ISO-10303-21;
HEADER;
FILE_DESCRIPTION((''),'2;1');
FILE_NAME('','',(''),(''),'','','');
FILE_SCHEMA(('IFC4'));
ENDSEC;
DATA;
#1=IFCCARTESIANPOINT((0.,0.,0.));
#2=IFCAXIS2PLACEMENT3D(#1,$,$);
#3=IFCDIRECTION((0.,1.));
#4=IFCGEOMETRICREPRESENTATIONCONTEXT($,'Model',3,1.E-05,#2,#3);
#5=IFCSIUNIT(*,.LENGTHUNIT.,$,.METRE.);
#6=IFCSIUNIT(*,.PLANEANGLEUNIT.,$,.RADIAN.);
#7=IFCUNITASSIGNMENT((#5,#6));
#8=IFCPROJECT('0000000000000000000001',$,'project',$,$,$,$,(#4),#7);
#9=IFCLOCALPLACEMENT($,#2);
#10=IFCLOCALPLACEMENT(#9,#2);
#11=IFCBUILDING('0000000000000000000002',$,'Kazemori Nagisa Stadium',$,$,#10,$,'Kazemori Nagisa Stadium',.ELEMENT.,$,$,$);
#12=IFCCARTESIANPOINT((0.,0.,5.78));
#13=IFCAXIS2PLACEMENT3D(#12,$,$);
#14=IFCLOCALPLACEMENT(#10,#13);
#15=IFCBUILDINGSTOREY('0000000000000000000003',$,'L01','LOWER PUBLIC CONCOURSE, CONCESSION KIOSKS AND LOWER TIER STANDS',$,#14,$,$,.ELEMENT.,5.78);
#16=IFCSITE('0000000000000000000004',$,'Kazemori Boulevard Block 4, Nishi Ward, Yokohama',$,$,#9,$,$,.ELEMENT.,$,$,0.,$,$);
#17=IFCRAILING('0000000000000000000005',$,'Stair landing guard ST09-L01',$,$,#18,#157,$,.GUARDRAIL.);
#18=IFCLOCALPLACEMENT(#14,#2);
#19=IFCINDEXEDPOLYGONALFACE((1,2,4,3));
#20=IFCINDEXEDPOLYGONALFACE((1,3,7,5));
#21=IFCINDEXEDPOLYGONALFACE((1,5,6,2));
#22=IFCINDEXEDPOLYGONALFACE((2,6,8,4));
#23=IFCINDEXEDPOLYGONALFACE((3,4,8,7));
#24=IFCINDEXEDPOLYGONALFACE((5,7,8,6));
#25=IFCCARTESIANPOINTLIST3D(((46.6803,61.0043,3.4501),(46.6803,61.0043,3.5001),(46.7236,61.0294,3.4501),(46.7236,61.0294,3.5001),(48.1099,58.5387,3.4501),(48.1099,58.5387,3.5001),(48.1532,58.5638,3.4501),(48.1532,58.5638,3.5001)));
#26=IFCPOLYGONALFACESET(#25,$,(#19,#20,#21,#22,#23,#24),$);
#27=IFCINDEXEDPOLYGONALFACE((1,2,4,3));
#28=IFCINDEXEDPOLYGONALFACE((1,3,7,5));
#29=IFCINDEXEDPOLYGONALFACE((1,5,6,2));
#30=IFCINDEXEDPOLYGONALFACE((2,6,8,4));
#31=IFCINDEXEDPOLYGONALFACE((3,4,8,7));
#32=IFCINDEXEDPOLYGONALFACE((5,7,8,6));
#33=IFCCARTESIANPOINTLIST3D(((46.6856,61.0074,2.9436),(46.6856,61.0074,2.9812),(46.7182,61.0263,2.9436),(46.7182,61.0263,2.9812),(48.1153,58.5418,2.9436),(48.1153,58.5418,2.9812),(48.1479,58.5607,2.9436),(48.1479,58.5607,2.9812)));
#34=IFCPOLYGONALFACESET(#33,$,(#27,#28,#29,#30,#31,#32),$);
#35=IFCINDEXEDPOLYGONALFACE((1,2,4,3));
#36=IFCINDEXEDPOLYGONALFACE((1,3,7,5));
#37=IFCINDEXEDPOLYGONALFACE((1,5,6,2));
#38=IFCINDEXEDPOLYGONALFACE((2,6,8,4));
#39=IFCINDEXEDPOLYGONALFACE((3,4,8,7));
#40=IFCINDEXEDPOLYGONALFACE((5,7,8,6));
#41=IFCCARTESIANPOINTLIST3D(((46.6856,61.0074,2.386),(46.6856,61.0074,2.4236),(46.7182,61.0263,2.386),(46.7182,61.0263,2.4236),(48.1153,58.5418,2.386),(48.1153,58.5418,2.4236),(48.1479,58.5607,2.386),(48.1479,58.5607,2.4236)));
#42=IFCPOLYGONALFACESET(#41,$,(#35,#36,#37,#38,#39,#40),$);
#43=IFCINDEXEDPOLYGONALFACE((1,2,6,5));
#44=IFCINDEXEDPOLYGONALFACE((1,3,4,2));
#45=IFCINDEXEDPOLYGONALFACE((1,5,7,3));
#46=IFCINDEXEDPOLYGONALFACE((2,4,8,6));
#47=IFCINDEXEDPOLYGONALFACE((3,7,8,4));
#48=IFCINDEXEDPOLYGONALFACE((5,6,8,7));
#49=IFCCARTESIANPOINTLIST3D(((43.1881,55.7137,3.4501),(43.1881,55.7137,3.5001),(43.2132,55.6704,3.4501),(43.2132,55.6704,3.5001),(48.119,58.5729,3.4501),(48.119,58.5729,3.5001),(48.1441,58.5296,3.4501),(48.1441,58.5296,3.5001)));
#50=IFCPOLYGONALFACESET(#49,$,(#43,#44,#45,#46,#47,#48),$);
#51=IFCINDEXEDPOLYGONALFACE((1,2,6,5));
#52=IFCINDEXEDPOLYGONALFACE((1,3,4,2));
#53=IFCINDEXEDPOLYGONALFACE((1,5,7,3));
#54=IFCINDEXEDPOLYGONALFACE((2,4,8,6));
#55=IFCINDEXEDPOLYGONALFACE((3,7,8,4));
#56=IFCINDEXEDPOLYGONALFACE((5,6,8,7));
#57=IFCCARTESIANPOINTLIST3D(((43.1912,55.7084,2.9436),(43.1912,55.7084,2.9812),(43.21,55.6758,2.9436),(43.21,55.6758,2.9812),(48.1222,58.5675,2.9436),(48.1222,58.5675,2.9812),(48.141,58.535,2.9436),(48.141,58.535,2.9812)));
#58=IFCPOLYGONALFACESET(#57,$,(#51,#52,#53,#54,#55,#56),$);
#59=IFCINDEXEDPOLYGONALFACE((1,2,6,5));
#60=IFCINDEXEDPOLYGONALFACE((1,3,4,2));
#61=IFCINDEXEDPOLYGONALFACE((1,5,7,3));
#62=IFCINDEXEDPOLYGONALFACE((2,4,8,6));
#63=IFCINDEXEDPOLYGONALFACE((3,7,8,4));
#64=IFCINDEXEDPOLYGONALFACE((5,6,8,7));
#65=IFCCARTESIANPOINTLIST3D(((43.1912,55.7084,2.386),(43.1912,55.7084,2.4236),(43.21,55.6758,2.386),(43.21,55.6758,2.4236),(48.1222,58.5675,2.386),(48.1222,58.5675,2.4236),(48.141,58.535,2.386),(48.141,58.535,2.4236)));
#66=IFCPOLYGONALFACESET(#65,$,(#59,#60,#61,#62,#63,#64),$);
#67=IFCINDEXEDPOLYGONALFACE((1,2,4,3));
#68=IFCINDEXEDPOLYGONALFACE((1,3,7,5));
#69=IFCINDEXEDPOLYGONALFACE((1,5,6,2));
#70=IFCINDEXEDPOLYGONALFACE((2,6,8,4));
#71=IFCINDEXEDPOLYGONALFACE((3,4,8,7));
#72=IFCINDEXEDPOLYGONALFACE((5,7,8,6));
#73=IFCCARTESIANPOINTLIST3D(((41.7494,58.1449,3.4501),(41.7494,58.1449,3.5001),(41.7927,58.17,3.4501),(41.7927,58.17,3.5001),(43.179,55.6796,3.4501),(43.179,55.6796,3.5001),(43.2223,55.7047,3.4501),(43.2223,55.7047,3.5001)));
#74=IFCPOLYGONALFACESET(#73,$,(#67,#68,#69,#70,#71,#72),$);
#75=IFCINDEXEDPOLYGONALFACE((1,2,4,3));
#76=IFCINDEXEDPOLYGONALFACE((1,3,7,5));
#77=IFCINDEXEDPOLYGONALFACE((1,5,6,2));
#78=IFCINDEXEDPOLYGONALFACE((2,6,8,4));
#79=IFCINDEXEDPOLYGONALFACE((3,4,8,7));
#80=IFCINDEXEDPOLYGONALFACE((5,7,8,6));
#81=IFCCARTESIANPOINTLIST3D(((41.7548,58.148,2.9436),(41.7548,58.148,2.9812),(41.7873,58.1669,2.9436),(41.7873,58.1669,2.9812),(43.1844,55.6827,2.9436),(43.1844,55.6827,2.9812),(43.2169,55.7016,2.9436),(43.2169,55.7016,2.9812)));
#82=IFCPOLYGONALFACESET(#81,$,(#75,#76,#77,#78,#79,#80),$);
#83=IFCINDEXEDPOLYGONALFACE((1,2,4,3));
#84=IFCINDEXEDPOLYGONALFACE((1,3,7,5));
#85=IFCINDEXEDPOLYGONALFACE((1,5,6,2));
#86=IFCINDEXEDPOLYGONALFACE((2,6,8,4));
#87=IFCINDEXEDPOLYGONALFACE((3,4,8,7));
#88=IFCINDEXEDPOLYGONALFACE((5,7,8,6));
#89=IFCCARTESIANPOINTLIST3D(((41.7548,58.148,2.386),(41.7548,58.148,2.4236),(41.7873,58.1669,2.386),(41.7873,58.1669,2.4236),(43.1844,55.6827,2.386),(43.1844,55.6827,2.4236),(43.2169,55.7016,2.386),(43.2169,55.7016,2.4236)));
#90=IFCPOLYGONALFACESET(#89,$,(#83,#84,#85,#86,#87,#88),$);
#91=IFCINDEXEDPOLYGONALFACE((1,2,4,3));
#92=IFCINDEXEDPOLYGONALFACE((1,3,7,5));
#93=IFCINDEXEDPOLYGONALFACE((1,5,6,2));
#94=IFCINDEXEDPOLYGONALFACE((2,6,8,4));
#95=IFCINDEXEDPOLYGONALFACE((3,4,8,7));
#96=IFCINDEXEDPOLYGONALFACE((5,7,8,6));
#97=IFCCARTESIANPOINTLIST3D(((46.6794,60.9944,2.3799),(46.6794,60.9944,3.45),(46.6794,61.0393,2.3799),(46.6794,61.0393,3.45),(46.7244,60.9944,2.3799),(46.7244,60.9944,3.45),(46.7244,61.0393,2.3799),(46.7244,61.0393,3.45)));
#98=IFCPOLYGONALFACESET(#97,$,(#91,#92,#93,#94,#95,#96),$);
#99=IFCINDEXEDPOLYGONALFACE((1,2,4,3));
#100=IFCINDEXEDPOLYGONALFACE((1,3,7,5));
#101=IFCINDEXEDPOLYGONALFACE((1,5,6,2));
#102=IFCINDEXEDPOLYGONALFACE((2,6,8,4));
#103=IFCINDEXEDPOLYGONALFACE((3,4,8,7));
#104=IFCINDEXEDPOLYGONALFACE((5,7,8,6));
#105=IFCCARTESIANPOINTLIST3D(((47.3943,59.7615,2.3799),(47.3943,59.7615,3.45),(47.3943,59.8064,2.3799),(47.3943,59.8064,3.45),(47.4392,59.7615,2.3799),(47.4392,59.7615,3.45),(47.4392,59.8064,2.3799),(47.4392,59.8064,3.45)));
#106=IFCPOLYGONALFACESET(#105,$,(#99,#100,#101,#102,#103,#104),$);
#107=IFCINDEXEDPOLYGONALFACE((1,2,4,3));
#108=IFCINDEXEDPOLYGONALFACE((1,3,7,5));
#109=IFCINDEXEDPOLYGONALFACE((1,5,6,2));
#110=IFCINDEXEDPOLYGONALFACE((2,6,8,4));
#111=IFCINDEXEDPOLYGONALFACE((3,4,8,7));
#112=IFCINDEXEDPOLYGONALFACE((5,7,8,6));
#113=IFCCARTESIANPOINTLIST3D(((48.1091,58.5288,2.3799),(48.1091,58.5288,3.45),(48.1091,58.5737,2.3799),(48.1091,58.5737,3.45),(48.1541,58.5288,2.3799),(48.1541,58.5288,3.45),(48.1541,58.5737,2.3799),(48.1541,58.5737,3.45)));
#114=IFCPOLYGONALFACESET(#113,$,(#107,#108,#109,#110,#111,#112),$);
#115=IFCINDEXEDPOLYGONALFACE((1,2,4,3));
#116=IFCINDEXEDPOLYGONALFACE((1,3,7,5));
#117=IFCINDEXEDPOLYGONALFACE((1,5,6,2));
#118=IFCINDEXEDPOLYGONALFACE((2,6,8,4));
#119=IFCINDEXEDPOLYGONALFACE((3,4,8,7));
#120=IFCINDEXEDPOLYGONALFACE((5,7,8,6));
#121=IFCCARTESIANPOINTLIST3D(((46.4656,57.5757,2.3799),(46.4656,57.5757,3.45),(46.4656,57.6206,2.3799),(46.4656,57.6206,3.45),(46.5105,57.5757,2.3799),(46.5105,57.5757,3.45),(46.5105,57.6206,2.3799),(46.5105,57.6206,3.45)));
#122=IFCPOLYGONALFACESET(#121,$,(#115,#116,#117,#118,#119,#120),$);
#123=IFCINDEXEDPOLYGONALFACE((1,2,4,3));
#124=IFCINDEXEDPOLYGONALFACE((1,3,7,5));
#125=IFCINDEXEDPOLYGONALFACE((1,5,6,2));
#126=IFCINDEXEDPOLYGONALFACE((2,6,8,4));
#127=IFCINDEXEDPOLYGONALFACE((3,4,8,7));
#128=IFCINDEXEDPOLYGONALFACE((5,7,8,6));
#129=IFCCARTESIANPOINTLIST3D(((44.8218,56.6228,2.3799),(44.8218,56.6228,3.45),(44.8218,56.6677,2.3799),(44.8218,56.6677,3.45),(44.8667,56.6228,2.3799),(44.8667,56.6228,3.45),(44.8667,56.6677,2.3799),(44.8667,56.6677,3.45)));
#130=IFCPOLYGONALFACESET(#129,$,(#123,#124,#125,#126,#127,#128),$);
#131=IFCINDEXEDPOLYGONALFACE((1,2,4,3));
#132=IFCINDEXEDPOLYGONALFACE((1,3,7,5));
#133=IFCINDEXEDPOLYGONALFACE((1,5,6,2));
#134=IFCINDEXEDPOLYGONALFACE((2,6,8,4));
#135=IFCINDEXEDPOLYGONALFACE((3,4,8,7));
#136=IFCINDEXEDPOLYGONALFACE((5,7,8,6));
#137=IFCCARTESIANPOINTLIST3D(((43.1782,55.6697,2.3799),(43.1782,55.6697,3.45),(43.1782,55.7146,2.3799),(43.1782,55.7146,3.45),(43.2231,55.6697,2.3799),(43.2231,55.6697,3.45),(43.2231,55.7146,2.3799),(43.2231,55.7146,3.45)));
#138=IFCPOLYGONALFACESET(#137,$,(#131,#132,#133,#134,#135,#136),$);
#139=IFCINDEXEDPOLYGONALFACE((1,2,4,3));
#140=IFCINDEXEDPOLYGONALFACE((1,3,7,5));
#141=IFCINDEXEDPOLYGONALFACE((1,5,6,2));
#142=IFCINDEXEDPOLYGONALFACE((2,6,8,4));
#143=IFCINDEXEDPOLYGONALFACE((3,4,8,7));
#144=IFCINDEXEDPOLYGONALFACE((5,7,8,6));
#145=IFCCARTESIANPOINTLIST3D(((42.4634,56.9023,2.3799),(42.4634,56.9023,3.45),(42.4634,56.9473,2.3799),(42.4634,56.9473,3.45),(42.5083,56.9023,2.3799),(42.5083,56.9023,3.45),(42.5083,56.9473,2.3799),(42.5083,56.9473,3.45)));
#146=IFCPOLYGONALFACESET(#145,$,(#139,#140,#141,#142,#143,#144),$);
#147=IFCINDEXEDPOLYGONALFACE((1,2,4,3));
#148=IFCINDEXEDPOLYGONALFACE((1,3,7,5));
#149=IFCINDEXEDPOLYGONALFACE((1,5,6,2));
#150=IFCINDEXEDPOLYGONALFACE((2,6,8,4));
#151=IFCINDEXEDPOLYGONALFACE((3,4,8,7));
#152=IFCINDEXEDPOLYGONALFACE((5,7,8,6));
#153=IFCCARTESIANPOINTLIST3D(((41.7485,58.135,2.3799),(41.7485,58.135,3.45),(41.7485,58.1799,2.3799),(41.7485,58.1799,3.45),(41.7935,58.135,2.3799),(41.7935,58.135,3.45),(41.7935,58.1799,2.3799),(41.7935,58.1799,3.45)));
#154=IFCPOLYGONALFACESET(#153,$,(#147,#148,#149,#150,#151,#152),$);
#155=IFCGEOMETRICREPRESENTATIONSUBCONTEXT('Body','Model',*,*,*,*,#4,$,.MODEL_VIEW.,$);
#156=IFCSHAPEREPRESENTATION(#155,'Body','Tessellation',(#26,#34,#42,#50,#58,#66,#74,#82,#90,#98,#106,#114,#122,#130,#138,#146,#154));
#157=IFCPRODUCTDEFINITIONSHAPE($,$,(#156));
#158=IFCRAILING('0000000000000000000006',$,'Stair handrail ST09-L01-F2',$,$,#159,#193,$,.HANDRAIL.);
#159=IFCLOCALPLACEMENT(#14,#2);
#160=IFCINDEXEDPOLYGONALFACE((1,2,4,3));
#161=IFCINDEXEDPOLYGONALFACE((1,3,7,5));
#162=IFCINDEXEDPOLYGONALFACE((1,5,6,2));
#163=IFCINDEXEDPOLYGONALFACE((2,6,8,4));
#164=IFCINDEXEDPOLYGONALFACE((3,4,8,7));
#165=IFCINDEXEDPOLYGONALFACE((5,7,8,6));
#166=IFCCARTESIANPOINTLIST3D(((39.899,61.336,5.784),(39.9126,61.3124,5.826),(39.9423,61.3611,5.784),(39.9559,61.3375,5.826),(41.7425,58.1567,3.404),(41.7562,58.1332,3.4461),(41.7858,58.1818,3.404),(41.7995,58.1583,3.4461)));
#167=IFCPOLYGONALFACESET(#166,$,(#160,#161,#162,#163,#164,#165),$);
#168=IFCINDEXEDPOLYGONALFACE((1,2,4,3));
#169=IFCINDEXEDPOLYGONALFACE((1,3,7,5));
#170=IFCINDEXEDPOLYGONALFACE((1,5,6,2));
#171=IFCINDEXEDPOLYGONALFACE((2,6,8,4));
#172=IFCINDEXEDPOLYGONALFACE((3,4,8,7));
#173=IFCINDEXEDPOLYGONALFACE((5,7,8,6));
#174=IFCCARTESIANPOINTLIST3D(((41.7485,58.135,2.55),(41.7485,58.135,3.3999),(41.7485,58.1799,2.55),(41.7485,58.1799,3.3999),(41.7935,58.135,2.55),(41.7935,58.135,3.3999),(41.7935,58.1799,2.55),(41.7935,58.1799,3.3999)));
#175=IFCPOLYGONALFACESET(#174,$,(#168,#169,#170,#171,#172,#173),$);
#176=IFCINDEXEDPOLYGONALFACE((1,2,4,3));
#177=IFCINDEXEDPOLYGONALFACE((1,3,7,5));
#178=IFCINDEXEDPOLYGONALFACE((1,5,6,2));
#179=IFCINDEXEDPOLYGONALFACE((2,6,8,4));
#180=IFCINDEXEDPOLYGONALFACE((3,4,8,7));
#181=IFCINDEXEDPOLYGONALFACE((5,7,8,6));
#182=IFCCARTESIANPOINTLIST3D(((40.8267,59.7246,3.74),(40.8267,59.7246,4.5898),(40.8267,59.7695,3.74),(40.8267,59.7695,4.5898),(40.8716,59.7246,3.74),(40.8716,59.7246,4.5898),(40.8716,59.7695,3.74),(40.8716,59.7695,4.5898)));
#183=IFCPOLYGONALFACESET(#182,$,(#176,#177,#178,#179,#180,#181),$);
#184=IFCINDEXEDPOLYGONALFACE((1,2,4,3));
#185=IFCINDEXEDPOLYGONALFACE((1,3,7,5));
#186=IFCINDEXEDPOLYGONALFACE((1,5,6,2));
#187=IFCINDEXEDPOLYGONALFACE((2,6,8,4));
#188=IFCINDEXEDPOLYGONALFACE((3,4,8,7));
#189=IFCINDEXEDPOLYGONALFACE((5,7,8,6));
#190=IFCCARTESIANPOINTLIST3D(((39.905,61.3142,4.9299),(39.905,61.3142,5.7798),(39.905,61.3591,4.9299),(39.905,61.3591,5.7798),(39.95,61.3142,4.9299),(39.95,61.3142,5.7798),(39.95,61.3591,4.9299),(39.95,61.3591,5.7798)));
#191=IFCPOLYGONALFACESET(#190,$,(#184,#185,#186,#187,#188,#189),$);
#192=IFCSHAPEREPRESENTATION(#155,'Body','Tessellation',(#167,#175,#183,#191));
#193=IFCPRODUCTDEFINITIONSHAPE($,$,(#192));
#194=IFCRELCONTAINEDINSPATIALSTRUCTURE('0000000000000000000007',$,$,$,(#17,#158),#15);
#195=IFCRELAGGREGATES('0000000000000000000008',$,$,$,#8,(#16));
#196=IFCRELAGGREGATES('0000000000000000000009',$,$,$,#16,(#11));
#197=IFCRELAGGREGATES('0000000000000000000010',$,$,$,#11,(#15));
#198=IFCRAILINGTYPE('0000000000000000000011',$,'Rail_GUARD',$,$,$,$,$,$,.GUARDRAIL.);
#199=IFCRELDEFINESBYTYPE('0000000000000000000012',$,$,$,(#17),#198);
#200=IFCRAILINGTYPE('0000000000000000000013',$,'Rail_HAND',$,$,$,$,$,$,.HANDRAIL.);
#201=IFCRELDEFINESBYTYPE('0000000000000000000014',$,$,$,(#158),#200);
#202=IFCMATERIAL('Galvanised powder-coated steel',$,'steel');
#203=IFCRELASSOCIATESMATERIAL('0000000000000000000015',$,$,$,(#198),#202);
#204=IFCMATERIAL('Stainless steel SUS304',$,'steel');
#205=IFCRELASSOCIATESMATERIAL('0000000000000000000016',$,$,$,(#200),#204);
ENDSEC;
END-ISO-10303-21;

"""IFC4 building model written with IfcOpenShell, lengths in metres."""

from ifc_helpers import new_model, si_unit, direction, frame, origin, origin_2d, place, context, subcontext, project, spatial, rectangle, extrude, material, type_object, element, save


model = new_model("IFC4")

# Units and contexts
model_context = context("Model", 3, precision=1e-05, world=origin(), true_north=direction((0.0, 1.0)))
body_context = subcontext(model_context, "Body", "Model", "MODEL_VIEW")
ifc_project = project(units=[si_unit("LENGTHUNIT", "METRE"), si_unit("PLANEANGLEUNIT", "RADIAN")], contexts=[model_context])

# Site, building, storey
site_placement = place(None, origin())
site = spatial("IfcSite", under=ifc_project, at=site_placement, Name="Kazemori Boulevard Block 4, Nishi Ward, Yokohama", CompositionType="ELEMENT", RefElevation=0.0)
building_placement = place(site_placement, origin())
building = spatial("IfcBuilding", under=site, at=building_placement, Name="Kazemori Nagisa Stadium", LongName="Kazemori Nagisa Stadium", CompositionType="ELEMENT")
storey_placement = place(building_placement, frame((0.0, 0.0, 5.78)))
storey = spatial("IfcBuildingStorey", under=building, at=storey_placement, Name="L01", Description="LOWER PUBLIC CONCOURSE, CONCESSION KIOSKS AND LOWER TIER STANDS", CompositionType="ELEMENT", Elevation=5.78)

# Shared definitions
ifc_material_1 = material(Name="Stainless steel SUS304", Category="steel")

# Railings
ifc_material_2 = material(Name="Galvanised powder-coated steel", Category="steel")
railing_type_1 = type_object("IfcRailingType", Name="Rail_GUARD", PredefinedType="GUARDRAIL", material=ifc_material_2)
railing_1_placement = place(storey_placement, frame((46.7019, 61.0168, 2.3799)))
element("IfcRailing", 1, at=railing_1_placement, inside=storey, type_object=railing_type_1, Name="Stair landing guard ST09-L01", PredefinedType="GUARDRAIL", context=body_context, shape_type="SweptSolid", body=[
    extrude(rectangle(XDim=0.05, YDim=0.05, at=origin_2d()), frame((0.0, 0.0, 1.0952), z_axis=(0.501627, -0.865084, 0.0), x_axis=(0.865084, 0.501627, 0.0)), (0.0, 0.0, 1.0), 2.8501),
    extrude(rectangle(XDim=0.0376, YDim=0.0376, at=origin_2d()), frame((0.0, 0.0, 0.5825), z_axis=(0.501627, -0.865084, 0.0), x_axis=(0.865084, 0.501627, 0.0)), (0.0, 0.0, 1.0), 2.8501),
    extrude(rectangle(XDim=0.0376, YDim=0.0376, at=origin_2d()), frame((0.0, 0.0, 0.0249), z_axis=(0.501627, -0.865084, 0.0), x_axis=(0.865084, 0.501627, 0.0)), (0.0, 0.0, 1.0), 2.8501),
    extrude(rectangle(XDim=0.05, YDim=0.05, at=origin_2d()), frame((1.4297, -2.4656, 1.0952), z_axis=(-0.865092, -0.501614, 0.0), x_axis=(0.501614, -0.865092, 0.0)), (0.0, 0.0, 1.0), 5.7),
    extrude(rectangle(XDim=0.0376, YDim=0.0376, at=origin_2d()), frame((1.4297, -2.4656, 0.5825), z_axis=(-0.865092, -0.501614, 0.0), x_axis=(0.501614, -0.865092, 0.0)), (0.0, 0.0, 1.0), 5.7),
    extrude(rectangle(XDim=0.0376, YDim=0.0376, at=origin_2d()), frame((1.4297, -2.4656, 0.0249), z_axis=(-0.865092, -0.501614, 0.0), x_axis=(0.501614, -0.865092, 0.0)), (0.0, 0.0, 1.0), 5.7),
    extrude(rectangle(XDim=0.05, YDim=0.05, at=origin_2d()), frame((-3.5012, -5.3247, 1.0952), z_axis=(-0.501664, 0.865062, 0.0), x_axis=(-0.865062, -0.501664, 0.0)), (0.0, 0.0, 1.0), 2.8499),
    extrude(rectangle(XDim=0.0376, YDim=0.0376, at=origin_2d()), frame((-3.5012, -5.3247, 0.5825), z_axis=(-0.501664, 0.865062, 0.0), x_axis=(-0.865062, -0.501664, 0.0)), (0.0, 0.0, 1.0), 2.8499),
    extrude(rectangle(XDim=0.0376, YDim=0.0376, at=origin_2d()), frame((-3.5012, -5.3247, 0.0249), z_axis=(-0.501664, 0.865062, 0.0), x_axis=(-0.865062, -0.501664, 0.0)), (0.0, 0.0, 1.0), 2.8499),
    extrude(rectangle(XDim=0.0449, YDim=0.0449, at=origin_2d()), origin(), (0.0, 0.0, 1.0), 1.0701),
    extrude(rectangle(XDim=0.0449, YDim=0.0449, at=origin_2d()), frame((0.7148, -1.2329, 0.0)), (0.0, 0.0, 1.0), 1.0701),
    extrude(rectangle(XDim=0.0449, YDim=0.0449, at=origin_2d()), frame((1.4297, -2.4656, 0.0)), (0.0, 0.0, 1.0), 1.0701),
    extrude(rectangle(XDim=0.0449, YDim=0.0449, at=origin_2d()), frame((-0.2139, -3.4187, 0.0)), (0.0, 0.0, 1.0), 1.0701),
    extrude(rectangle(XDim=0.0449, YDim=0.0449, at=origin_2d()), frame((-1.8577, -4.3716, 0.0)), (0.0, 0.0, 1.0), 1.0701),
    extrude(rectangle(XDim=0.0449, YDim=0.0449, at=origin_2d()), frame((-3.5012, -5.3247, 0.0)), (0.0, 0.0, 1.0), 1.0701),
    extrude(rectangle(XDim=0.0449, YDim=0.0449, at=origin_2d()), frame((-4.2161, -4.092, 0.0)), (0.0, 0.0, 1.0), 1.0701),
    extrude(rectangle(XDim=0.0449, YDim=0.0449, at=origin_2d()), frame((-4.9309, -2.8594, 0.0)), (0.0, 0.0, 1.0), 1.0701),
])
railing_type_2 = type_object("IfcRailingType", Name="Rail_HAND", PredefinedType="HANDRAIL", material=ifc_material_1)
railing_2_placement = place(storey_placement, frame((41.771, 58.1575, 2.55)))
element("IfcRailing", 2, at=railing_2_placement, inside=storey, type_object=railing_type_2, Name="Stair handrail ST09-L01-F2", PredefinedType="HANDRAIL", context=body_context, shape_type="SweptSolid", body=[
    extrude(rectangle(XDim=0.05, YDim=0.05, at=origin_2d()), frame((0.0, 0.0, 0.875), z_axis=(-0.421053, 0.726124, 0.543561), x_axis=(-0.865082, -0.501631, 0.0)), (0.0, 0.0, 1.0), 4.3784),
    extrude(rectangle(XDim=0.0449, YDim=0.0449, at=origin_2d()), origin(), (0.0, 0.0, 1.0), 0.8499),
    extrude(rectangle(XDim=0.0449, YDim=0.0449, at=origin_2d()), frame((-0.9219, 1.5896, 1.1899)), (0.0, 0.0, 1.0), 0.8499),
    extrude(rectangle(XDim=0.0449, YDim=0.0449, at=origin_2d()), frame((-1.8435, 3.1792, 2.3799)), (0.0, 0.0, 1.0), 0.8499),
])

save(model, "model.ifc")
